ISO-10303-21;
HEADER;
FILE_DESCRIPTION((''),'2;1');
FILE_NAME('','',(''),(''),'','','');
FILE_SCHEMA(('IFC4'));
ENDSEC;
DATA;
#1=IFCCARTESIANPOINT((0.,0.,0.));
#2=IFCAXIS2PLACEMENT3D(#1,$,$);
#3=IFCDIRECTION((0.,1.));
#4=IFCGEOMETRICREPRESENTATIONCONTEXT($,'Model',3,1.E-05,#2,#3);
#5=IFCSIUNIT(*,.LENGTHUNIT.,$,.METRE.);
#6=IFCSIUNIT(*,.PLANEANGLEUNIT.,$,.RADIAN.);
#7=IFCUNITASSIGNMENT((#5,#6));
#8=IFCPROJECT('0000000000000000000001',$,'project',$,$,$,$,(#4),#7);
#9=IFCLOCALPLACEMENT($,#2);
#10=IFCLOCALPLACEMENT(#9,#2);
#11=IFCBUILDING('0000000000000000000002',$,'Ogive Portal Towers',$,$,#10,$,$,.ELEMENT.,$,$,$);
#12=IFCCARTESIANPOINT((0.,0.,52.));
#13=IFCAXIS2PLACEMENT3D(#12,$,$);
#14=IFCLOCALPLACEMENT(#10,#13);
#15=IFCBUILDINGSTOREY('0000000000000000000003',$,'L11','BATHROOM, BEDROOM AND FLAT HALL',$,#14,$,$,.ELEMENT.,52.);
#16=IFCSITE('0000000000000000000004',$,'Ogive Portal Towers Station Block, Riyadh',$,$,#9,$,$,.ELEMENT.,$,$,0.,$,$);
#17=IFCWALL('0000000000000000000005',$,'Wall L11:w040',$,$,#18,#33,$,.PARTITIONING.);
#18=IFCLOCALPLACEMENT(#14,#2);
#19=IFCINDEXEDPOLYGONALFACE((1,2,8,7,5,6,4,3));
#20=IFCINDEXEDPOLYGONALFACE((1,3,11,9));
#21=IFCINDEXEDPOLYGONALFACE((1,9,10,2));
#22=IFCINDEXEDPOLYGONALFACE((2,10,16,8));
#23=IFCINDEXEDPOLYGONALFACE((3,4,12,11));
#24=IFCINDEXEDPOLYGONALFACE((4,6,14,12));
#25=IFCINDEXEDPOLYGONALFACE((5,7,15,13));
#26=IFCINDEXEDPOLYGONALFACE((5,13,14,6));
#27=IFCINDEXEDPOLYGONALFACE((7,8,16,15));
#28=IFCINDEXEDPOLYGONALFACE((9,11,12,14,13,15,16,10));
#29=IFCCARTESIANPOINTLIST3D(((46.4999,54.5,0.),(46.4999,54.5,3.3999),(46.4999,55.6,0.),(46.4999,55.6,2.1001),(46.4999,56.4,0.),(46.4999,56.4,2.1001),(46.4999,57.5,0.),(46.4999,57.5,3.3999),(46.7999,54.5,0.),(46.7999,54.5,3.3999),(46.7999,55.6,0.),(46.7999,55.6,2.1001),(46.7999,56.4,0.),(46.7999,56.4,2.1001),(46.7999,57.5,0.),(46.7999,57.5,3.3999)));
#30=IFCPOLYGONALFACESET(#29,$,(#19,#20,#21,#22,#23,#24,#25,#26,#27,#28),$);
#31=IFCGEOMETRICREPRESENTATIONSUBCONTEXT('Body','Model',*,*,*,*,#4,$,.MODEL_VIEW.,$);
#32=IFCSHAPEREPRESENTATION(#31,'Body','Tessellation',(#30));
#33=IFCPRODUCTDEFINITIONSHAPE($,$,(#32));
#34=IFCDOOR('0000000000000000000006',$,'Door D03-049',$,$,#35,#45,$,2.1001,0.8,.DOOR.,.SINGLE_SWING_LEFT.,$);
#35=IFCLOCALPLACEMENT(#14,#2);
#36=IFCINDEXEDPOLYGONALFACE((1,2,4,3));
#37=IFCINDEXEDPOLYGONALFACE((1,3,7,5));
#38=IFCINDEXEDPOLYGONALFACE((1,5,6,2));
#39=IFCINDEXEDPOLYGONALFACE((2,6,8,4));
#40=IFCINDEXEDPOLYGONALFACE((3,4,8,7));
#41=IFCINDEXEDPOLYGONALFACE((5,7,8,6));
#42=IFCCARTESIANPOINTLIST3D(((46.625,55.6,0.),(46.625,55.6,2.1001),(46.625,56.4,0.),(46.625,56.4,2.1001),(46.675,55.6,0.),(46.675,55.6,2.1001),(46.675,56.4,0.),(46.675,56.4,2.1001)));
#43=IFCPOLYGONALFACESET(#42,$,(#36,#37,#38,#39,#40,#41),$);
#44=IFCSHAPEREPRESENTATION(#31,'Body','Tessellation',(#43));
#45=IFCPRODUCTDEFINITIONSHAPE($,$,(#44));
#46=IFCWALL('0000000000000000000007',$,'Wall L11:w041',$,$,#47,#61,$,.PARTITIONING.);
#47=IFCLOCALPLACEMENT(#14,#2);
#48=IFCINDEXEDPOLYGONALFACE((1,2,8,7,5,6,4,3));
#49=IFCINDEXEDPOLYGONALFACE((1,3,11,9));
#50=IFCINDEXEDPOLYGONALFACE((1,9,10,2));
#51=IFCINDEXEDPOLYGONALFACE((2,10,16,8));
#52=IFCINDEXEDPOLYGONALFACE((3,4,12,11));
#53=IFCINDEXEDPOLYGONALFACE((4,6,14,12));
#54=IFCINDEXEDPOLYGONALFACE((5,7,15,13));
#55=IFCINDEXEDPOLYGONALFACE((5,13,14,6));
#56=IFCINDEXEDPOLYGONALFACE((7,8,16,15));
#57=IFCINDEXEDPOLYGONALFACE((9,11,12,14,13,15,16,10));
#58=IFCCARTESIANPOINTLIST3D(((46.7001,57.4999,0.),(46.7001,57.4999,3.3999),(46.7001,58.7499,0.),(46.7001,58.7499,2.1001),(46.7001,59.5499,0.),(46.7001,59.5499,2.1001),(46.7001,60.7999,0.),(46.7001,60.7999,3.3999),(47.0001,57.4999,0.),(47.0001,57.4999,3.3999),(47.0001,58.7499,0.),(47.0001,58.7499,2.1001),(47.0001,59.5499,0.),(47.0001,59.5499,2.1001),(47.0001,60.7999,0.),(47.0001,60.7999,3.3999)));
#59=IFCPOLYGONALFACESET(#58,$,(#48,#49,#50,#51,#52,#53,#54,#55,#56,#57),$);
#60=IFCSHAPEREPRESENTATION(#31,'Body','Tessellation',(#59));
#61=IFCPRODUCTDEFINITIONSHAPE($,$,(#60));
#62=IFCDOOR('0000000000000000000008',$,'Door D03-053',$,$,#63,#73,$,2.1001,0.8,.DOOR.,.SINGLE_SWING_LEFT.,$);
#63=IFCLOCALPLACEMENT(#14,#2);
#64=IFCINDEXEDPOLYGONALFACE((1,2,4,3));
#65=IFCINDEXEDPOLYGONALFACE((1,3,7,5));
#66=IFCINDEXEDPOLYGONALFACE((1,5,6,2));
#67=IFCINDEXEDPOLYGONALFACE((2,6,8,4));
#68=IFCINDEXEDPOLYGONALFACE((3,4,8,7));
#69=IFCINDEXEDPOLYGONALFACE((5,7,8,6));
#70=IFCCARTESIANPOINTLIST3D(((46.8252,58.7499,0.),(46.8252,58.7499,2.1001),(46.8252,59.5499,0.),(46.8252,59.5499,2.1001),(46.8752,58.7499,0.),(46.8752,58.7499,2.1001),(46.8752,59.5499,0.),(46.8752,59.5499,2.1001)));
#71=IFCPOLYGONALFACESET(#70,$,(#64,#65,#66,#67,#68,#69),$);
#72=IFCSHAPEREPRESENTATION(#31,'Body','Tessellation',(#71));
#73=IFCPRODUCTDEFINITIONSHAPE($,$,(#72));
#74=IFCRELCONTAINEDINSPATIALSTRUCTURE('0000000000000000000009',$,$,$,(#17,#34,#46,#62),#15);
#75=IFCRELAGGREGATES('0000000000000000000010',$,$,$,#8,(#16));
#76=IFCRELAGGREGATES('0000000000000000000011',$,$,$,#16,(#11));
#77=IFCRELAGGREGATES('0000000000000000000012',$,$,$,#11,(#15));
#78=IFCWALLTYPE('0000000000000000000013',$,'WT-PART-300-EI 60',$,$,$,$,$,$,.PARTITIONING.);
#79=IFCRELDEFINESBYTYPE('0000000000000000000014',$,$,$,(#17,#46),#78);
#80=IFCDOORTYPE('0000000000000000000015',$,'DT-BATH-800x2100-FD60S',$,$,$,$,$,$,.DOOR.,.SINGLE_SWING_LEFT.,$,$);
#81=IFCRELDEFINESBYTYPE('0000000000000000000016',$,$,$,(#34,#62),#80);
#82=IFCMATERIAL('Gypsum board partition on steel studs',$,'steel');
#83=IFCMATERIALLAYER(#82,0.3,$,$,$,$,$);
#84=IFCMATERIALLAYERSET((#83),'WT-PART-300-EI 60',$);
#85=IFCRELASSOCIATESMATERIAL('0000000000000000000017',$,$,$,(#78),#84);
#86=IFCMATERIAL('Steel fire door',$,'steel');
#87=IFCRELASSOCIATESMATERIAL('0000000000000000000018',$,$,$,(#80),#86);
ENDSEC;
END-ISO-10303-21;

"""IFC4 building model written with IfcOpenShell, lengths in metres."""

from ifc_helpers import new_model, si_unit, direction, frame, frame_2d, origin, place, context, subcontext, project, spatial, rectangle, extrude, material, layer, layer_set, type_object, element, fill, save


model = new_model("IFC4")

# Units and contexts
model_context = context("Model", 3, precision=1e-05, world=origin(), true_north=direction((0.0, 1.0)))
body_context = subcontext(model_context, "Body", "Model", "MODEL_VIEW")
ifc_project = project(units=[si_unit("LENGTHUNIT", "METRE"), si_unit("PLANEANGLEUNIT", "RADIAN")], contexts=[model_context])

# Site, building, storey
site_placement = place(None, origin())
site = spatial("IfcSite", under=ifc_project, at=site_placement, Name="Ogive Portal Towers Station Block, Riyadh", CompositionType="ELEMENT", RefElevation=0.0)
building_placement = place(site_placement, origin())
building = spatial("IfcBuilding", under=site, at=building_placement, Name="Ogive Portal Towers", CompositionType="ELEMENT")
storey_placement = place(building_placement, frame((0.0, 0.0, 52.0)))
storey = spatial("IfcBuildingStorey", under=building, at=storey_placement, Name="L11", Description="BATHROOM, BEDROOM AND FLAT HALL", CompositionType="ELEMENT", Elevation=52.0)

# Walls, openings, doors
ifc_material_1 = material(Name="Gypsum board partition on steel studs", Category="steel")
ifc_layer_1 = layer(ifc_material_1, 0.3)
ifc_layer_set_1 = layer_set([ifc_layer_1], Name="WT-PART-300-EI 60")
wall_type_1 = type_object("IfcWallType", Name="WT-PART-300-EI 60", PredefinedType="PARTITIONING", material=ifc_layer_set_1)
wall_1_placement = place(storey_placement, frame((46.6499, 54.5, 0.0), z_axis=(0.0, 0.0, 1.0), x_axis=(0.0, 1.0, 0.0)))
wall_1 = element("IfcWall", 1, at=wall_1_placement, inside=storey, type_object=wall_type_1, Name="Wall L11:w040", PredefinedType="PARTITIONING", context=body_context, shape_type="SweptSolid", body=[
    extrude(rectangle(XDim=3.0, YDim=0.3, at=frame_2d((1.5, 0.0))), origin(), (0.0, 0.0, 1.0), 3.3999),
])
opening_1_placement = place(wall_1_placement, frame((1.1001, 0.0, 0.0)))
opening_1 = element("IfcOpeningElement", 2, at=opening_1_placement, cuts=wall_1, PredefinedType="OPENING", context=body_context, shape_type="SweptSolid", body=[
    extrude(rectangle(XDim=0.8, YDim=2.1001, at=frame_2d((0.3999, 1.05))), frame((0.0, 0.1602, 0.0), z_axis=(0.0, -1.0, 0.0), x_axis=(1.0, 0.0, 0.0)), (0.0, 0.0, 1.0), 0.3201),
])
ifc_material_2 = material(Name="Steel fire door", Category="steel")
door_type = type_object("IfcDoorType", Name="DT-BATH-800x2100-FD60S", OperationType="SINGLE_SWING_LEFT", PredefinedType="DOOR", material=ifc_material_2)
door_1_placement = place(opening_1_placement, origin())
door_1 = element("IfcDoor", 3, at=door_1_placement, inside=storey, type_object=door_type, Name="Door D03-049", OperationType="SINGLE_SWING_LEFT", OverallHeight=2.1001, OverallWidth=0.8, PredefinedType="DOOR", context=body_context, shape_type="SweptSolid", body=[
    extrude(rectangle(XDim=0.8, YDim=2.1001, at=frame_2d((0.3999, 1.05))), frame((0.0, 0.0249, 0.0), z_axis=(0.0, -1.0, 0.0), x_axis=(1.0, 0.0, 0.0)), (0.0, 0.0, 1.0), 0.05),
])
fill(opening_1, door_1)
wall_2_placement = place(storey_placement, frame((46.8501, 57.5, 0.0), z_axis=(0.0, 0.0, 1.0), x_axis=(0.0, 1.0, 0.0)))
wall_2 = element("IfcWall", 4, at=wall_2_placement, inside=storey, type_object=wall_type_1, Name="Wall L11:w041", PredefinedType="PARTITIONING", context=body_context, shape_type="SweptSolid", body=[
    extrude(rectangle(XDim=3.3, YDim=0.3, at=frame_2d((1.6499, 0.0))), origin(), (0.0, 0.0, 1.0), 3.3999),
])
opening_2_placement = place(wall_2_placement, frame((1.25, 0.0, 0.0)))
opening_2 = element("IfcOpeningElement", 5, at=opening_2_placement, cuts=wall_2, PredefinedType="OPENING", context=body_context, shape_type="SweptSolid", body=[
    extrude(rectangle(XDim=0.8, YDim=2.1001, at=frame_2d((0.3999, 1.05))), frame((0.0, 0.1602, 0.0), z_axis=(0.0, -1.0, 0.0), x_axis=(1.0, 0.0, 0.0)), (0.0, 0.0, 1.0), 0.3201),
])
door_2_placement = place(opening_2_placement, origin())
door_2 = element("IfcDoor", 6, at=door_2_placement, inside=storey, type_object=door_type, Name="Door D03-053", OperationType="SINGLE_SWING_LEFT", OverallHeight=2.1001, OverallWidth=0.8, PredefinedType="DOOR", context=body_context, shape_type="SweptSolid", body=[
    extrude(rectangle(XDim=0.8, YDim=2.1001, at=frame_2d((0.3999, 1.05))), frame((0.0, 0.0249, 0.0), z_axis=(0.0, -1.0, 0.0), x_axis=(1.0, 0.0, 0.0)), (0.0, 0.0, 1.0), 0.05),
])
fill(opening_2, door_2)

save(model, "model.ifc")
